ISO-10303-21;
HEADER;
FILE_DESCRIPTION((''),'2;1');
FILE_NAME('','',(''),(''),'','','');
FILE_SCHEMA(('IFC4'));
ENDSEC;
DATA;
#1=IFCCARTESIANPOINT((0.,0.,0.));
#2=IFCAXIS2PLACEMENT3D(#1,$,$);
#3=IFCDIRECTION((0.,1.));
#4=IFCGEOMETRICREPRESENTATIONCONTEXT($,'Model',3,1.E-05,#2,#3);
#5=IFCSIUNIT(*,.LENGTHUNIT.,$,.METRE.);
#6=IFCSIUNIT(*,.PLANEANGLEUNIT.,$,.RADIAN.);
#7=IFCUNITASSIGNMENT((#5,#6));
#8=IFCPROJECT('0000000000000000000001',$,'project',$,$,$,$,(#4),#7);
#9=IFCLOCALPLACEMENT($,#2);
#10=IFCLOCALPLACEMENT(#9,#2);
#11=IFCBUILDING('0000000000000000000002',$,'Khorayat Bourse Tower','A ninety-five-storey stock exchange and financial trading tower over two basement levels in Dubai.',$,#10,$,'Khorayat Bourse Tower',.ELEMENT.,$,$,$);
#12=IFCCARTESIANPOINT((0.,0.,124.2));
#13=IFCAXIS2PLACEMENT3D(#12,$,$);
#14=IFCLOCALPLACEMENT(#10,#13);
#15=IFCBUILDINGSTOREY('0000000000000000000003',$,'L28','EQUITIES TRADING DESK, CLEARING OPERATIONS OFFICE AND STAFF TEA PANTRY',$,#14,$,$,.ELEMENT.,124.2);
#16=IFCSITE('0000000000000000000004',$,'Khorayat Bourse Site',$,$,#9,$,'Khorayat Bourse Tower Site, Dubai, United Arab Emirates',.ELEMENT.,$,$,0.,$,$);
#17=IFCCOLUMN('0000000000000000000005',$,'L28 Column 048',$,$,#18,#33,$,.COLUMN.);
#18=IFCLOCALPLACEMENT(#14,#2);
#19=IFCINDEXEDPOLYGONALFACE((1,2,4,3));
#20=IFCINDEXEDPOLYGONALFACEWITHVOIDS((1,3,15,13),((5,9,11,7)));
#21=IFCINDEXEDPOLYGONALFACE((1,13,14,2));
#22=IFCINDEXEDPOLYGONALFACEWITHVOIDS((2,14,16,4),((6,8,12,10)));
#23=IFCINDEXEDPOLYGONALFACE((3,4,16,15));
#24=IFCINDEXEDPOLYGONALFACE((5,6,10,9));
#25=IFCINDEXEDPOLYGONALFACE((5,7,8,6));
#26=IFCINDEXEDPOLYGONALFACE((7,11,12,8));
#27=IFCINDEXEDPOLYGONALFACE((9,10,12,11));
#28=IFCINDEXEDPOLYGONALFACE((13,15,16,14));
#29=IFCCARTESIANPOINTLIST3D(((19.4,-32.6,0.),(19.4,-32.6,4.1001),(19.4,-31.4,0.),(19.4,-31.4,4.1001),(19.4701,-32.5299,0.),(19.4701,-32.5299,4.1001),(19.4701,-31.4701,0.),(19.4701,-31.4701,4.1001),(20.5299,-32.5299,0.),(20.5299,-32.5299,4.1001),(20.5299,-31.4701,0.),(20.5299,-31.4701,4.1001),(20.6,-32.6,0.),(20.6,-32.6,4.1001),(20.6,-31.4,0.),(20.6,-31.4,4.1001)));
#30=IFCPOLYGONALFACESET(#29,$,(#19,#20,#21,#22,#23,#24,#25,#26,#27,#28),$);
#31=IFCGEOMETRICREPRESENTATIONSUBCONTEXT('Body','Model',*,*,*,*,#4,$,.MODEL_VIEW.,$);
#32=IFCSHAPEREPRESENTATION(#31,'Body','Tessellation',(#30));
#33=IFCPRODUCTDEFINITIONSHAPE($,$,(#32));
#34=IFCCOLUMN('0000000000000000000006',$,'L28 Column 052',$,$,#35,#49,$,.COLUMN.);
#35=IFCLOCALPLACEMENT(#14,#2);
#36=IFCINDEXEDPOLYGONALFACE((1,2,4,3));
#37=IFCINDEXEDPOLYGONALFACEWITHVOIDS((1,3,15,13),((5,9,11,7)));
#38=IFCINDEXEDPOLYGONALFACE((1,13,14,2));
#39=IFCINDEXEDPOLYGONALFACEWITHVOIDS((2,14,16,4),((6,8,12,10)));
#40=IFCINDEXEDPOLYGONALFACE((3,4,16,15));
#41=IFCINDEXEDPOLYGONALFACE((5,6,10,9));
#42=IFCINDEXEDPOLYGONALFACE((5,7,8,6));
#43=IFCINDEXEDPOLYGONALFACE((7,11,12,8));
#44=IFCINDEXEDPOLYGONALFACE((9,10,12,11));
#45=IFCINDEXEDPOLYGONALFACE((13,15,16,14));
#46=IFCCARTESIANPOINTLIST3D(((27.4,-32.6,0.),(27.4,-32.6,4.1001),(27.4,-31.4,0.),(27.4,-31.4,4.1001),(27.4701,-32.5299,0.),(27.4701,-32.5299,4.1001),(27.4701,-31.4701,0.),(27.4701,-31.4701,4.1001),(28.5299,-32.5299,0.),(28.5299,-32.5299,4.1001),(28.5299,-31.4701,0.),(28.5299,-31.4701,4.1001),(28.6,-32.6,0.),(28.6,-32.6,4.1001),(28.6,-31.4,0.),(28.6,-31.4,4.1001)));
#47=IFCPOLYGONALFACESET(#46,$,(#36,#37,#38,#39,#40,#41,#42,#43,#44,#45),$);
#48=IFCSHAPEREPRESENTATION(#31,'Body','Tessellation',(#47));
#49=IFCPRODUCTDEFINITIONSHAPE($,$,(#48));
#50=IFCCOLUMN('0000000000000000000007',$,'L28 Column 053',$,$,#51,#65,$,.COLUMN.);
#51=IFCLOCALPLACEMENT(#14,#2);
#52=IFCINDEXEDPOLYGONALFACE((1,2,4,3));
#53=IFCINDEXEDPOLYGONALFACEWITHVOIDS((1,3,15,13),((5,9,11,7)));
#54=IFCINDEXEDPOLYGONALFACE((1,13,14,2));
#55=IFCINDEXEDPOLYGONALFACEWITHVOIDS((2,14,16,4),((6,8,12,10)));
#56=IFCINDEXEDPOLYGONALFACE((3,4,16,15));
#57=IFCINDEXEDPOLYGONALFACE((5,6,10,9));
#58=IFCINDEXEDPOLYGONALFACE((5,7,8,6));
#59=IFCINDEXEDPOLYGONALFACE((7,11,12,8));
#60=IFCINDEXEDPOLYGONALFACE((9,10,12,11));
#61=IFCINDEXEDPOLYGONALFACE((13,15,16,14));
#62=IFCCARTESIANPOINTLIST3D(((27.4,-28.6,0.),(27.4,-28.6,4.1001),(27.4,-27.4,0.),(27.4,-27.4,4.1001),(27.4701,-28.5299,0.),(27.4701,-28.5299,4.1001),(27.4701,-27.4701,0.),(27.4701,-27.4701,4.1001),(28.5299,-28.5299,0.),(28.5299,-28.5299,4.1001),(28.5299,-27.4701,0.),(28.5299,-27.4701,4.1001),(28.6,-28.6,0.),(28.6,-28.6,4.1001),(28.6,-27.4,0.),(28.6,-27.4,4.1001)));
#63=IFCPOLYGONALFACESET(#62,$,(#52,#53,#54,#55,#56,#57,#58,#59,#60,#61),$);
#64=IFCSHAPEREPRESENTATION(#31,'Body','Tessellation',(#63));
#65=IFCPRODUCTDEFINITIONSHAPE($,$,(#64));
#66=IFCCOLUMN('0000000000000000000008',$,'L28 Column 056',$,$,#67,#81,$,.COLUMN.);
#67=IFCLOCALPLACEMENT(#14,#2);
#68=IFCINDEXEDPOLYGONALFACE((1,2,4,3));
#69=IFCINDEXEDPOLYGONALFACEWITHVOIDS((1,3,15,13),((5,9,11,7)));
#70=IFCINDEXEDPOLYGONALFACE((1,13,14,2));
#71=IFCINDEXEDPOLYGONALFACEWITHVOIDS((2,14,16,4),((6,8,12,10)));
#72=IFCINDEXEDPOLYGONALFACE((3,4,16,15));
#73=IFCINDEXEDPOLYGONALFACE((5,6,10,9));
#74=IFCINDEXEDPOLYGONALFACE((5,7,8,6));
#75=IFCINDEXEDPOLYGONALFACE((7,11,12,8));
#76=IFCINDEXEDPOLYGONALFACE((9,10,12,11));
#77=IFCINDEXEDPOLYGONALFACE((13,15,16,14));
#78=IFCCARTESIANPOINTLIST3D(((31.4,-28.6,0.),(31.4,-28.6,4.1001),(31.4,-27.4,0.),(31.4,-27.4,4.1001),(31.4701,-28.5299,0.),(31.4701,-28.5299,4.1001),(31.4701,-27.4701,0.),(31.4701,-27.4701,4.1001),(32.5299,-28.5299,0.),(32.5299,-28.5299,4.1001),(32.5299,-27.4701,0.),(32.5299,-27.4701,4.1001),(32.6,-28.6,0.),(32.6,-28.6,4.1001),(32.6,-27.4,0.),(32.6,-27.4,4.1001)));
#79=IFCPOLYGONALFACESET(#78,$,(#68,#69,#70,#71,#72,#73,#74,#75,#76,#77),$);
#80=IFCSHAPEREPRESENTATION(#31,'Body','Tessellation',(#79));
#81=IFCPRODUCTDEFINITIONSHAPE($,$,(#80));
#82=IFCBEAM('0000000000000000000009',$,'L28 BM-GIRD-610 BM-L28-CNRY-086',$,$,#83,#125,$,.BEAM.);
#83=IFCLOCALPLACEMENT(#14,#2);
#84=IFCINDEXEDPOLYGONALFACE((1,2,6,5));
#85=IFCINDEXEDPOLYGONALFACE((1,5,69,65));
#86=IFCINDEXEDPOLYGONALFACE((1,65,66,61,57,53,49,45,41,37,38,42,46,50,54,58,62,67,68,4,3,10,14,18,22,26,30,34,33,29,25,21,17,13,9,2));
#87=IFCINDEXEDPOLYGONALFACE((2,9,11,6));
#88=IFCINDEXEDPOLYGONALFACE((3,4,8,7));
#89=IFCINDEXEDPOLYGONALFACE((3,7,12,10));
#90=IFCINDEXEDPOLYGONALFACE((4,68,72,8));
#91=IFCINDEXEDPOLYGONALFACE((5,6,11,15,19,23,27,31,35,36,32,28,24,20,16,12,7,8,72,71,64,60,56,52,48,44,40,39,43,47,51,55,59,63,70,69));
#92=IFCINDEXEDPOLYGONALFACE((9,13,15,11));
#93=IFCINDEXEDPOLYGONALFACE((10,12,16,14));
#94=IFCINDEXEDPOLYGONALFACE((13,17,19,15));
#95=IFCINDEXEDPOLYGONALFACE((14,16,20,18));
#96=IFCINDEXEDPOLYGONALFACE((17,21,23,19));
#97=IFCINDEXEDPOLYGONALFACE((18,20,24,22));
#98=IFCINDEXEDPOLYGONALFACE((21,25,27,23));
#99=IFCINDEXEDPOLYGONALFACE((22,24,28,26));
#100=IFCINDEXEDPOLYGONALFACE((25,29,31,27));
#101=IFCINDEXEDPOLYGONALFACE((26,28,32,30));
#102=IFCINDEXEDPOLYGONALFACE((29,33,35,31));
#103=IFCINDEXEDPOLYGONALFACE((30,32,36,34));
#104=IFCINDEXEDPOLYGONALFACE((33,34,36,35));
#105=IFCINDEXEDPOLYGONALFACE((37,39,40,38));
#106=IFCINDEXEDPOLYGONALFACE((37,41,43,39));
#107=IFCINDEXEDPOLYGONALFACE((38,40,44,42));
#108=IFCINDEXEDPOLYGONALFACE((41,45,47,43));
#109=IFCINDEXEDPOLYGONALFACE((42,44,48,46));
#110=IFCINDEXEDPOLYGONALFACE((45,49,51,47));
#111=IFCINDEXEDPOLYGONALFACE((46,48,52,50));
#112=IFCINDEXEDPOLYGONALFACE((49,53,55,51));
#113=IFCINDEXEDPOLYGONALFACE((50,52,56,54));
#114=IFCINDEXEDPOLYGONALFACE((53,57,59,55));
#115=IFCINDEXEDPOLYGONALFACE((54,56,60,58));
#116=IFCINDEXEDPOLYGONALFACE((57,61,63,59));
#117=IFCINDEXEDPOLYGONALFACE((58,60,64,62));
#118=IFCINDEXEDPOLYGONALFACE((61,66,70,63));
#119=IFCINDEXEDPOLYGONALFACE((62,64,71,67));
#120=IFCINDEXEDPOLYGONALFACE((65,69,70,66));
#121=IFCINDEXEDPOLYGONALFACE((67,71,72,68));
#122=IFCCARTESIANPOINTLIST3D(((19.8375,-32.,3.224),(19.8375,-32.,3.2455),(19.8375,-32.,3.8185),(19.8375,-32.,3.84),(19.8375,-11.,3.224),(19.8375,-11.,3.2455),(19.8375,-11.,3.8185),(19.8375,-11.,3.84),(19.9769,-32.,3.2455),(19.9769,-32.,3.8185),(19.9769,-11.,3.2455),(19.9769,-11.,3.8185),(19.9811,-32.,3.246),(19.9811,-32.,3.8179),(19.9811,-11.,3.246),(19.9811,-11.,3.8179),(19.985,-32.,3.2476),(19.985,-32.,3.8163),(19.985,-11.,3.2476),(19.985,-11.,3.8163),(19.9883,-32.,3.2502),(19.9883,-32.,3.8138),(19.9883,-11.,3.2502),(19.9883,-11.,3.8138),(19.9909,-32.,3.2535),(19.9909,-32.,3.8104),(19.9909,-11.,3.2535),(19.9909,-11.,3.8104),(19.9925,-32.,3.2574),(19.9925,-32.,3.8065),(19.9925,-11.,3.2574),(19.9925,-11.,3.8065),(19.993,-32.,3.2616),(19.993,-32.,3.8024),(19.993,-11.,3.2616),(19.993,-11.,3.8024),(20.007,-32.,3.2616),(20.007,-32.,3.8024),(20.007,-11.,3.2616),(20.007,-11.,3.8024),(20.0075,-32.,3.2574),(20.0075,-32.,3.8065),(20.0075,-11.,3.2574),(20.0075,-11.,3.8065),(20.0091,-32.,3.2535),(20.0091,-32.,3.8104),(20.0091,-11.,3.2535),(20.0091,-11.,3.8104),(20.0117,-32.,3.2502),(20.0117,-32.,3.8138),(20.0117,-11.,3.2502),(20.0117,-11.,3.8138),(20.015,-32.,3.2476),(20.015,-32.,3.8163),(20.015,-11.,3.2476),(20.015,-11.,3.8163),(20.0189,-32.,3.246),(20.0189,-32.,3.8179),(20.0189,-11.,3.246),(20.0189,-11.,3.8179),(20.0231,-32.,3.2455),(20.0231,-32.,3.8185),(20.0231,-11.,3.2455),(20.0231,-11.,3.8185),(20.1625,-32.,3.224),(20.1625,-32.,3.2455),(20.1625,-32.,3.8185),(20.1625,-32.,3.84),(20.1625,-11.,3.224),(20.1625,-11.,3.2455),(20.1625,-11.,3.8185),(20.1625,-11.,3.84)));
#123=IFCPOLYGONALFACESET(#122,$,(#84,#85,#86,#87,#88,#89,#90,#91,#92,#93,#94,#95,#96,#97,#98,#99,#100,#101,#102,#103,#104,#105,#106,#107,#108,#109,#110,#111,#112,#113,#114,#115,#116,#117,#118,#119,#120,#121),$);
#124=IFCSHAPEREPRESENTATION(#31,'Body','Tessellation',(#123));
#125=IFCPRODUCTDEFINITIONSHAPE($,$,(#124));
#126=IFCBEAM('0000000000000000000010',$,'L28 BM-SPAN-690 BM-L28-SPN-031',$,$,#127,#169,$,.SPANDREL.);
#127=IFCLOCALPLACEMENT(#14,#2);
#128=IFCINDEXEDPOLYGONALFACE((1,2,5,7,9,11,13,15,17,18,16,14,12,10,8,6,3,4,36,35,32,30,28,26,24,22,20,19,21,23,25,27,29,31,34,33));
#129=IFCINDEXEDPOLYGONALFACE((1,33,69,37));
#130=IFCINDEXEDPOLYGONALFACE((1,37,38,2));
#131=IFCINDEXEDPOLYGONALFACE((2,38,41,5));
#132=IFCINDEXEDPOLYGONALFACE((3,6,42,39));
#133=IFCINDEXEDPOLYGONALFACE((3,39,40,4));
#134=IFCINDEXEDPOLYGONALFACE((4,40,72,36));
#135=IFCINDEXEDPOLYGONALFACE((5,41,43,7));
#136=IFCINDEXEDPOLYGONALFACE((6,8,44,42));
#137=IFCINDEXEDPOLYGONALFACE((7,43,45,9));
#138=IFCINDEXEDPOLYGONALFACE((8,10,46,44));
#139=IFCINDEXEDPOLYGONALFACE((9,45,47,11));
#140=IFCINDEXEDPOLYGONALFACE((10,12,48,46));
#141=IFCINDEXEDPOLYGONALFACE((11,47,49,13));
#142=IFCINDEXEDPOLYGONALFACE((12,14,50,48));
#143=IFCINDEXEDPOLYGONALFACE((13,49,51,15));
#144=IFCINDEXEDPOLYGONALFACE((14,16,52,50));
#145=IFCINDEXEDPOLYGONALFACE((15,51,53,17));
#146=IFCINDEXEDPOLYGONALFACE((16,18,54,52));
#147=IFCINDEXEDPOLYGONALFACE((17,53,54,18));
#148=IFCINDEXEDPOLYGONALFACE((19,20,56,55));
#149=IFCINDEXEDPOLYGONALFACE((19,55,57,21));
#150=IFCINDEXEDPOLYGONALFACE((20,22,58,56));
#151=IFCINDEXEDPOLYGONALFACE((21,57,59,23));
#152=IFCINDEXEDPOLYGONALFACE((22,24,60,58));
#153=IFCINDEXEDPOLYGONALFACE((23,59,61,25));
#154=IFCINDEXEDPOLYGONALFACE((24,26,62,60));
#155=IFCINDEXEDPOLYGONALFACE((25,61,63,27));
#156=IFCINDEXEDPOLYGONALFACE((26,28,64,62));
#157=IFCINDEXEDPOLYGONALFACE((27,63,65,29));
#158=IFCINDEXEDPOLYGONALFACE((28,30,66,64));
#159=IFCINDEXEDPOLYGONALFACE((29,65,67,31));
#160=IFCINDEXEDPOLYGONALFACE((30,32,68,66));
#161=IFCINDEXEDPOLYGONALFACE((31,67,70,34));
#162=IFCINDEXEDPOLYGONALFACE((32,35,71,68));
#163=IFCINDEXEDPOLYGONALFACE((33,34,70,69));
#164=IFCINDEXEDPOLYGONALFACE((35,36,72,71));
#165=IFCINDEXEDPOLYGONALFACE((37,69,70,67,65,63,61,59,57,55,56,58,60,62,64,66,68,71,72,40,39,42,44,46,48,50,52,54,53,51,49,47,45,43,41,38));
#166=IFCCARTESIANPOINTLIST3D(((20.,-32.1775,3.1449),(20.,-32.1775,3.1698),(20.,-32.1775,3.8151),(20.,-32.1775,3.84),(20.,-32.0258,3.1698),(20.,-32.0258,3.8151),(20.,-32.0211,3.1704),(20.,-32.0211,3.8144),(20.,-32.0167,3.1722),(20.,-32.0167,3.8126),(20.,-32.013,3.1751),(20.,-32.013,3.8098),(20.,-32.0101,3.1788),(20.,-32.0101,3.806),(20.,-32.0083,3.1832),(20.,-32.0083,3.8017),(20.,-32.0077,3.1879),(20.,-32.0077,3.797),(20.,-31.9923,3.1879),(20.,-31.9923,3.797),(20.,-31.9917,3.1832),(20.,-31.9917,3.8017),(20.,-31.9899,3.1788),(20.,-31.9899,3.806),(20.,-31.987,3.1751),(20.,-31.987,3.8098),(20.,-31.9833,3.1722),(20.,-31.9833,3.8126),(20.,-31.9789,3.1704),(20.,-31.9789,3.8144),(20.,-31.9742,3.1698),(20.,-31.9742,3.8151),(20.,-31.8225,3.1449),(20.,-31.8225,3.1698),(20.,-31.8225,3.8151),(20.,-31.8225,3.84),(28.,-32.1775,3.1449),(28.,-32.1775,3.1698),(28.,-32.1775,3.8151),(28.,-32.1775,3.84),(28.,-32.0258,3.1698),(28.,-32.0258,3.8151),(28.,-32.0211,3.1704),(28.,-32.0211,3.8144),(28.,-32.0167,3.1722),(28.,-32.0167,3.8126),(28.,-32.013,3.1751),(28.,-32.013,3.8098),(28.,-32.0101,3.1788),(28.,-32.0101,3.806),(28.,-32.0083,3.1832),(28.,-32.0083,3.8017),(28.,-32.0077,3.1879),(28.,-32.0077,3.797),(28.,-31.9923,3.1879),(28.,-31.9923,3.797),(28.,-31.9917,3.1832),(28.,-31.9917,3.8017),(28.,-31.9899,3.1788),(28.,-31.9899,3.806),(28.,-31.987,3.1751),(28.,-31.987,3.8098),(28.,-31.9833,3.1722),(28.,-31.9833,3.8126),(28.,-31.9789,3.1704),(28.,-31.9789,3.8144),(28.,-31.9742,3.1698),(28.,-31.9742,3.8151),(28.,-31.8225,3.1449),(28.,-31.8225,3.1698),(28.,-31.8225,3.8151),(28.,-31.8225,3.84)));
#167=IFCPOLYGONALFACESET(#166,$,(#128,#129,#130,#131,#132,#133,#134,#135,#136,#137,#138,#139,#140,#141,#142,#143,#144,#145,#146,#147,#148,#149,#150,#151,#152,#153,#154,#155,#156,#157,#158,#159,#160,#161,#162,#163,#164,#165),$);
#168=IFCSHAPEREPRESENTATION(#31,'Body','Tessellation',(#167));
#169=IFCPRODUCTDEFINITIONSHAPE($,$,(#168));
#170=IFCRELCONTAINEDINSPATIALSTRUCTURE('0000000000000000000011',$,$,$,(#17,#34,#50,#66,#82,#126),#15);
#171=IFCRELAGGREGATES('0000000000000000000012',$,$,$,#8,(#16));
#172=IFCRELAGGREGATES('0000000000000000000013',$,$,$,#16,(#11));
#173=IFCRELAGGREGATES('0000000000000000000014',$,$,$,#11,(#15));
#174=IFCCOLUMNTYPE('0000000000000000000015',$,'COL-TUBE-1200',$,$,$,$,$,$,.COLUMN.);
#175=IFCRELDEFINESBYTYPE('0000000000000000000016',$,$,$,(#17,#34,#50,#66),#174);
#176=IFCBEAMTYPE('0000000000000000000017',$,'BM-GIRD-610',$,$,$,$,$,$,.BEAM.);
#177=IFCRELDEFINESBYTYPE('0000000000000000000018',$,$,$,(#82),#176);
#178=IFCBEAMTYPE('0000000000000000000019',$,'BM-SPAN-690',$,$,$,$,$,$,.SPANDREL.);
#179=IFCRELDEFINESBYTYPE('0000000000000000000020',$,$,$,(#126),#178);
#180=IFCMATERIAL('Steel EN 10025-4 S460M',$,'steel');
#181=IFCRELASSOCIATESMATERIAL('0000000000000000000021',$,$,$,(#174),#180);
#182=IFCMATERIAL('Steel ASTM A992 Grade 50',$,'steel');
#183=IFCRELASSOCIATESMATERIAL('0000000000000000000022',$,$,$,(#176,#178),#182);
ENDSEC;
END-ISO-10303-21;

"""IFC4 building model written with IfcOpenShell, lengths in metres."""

from ifc_helpers import new_model, si_unit, direction, frame, origin, origin_2d, place, context, subcontext, project, spatial, hollow_rectangle, i_section, extrude, source, transform, mapped, material, material_profile, profile_set, type_object, element, save


model = new_model("IFC4")

# Units and contexts
model_context = context("Model", 3, precision=1e-05, world=origin(), true_north=direction((0.0, 1.0)))
body_context = subcontext(model_context, "Body", "Model", "MODEL_VIEW")
ifc_project = project(units=[si_unit("LENGTHUNIT", "METRE"), si_unit("PLANEANGLEUNIT", "RADIAN")], contexts=[model_context])

# Site, building, storey
site_placement = place(None, origin())
site = spatial("IfcSite", under=ifc_project, at=site_placement, Name="Khorayat Bourse Site", LongName="Khorayat Bourse Tower Site, Dubai, United Arab Emirates", CompositionType="ELEMENT", RefElevation=0.0)
building_placement = place(site_placement, origin())
building = spatial("IfcBuilding", under=site, at=building_placement, Name="Khorayat Bourse Tower", Description="A ninety-five-storey stock exchange and financial trading tower over two basement levels in Dubai.", LongName="Khorayat Bourse Tower", CompositionType="ELEMENT")
storey_placement = place(building_placement, frame((0.0, 0.0, 124.2)))
storey = spatial("IfcBuildingStorey", under=building, at=storey_placement, Name="L28", Description="EQUITIES TRADING DESK, CLEARING OPERATIONS OFFICE AND STAFF TEA PANTRY", CompositionType="ELEMENT", Elevation=124.2)

# Columns
ifc_material_1 = material(Name="Steel EN 10025-4 S460M", Category="steel")
ifc_material_profile_1 = material_profile(ifc_material_1, hollow_rectangle(XDim=1.2, YDim=1.2, WallThickness=0.0701, at=origin_2d()), Name="BOX 1200x1200x70")
ifc_profile_set_1 = profile_set([ifc_material_profile_1], Name="Steel EN 10025-4 S460M")
column_type = type_object("IfcColumnType", Name="COL-TUBE-1200", PredefinedType="COLUMN", material=ifc_profile_set_1)
shared_shape_1 = source(origin(), body_context, "Body", "SweptSolid", [
    extrude(hollow_rectangle(XDim=1.2, YDim=1.2, WallThickness=0.0701, at=origin_2d()), origin(), (0.0, 0.0, 1.0), 4.1001),
])
for number, where, z_axis, x_axis, name in (
    (1, (20.0, -32.0, 0.0), (0.0, 0.0, 1.0), (1.0, 0.0, 0.0), "L28 Column 048"),
    (2, (28.0, -32.0, 0.0), (0.0, 0.0, 1.0), (1.0, 0.0, 0.0), "L28 Column 052"),
    (3, (28.0, -28.0, 0.0), (0.0, 0.0, 1.0), (1.0, 0.0, 0.0), "L28 Column 053"),
    (4, (32.0, -28.0, 0.0), (0.0, 0.0, 1.0), (1.0, 0.0, 0.0), "L28 Column 056"),
):
    element("IfcColumn", number, at=place(storey_placement, frame(where, z_axis=z_axis, x_axis=x_axis)), inside=storey, type_object=column_type, Name=name, PredefinedType="COLUMN", context=body_context, shape_type="MappedRepresentation", body=[
        mapped(shared_shape_1, transform((0.0, 0.0, 0.0), scale=1.0)),
    ])

# Beams
ifc_material_2 = material(Name="Steel ASTM A992 Grade 50", Category="steel")
ifc_material_profile_2 = material_profile(ifc_material_2, i_section(OverallWidth=0.325, OverallDepth=0.616, WebThickness=0.0139, FlangeThickness=0.0215, FilletRadius=0.0161, at=origin_2d()), Name="W610X174")
ifc_profile_set_2 = profile_set([ifc_material_profile_2], Name="Steel ASTM A992 Grade 50")
beam_type_1 = type_object("IfcBeamType", Name="BM-GIRD-610", PredefinedType="BEAM", material=ifc_profile_set_2)
shared_shape_2 = source(origin(), body_context, "Body", "SweptSolid", [
    extrude(i_section(OverallWidth=0.325, OverallDepth=0.616, WebThickness=0.0139, FlangeThickness=0.0215, FilletRadius=0.0161, at=origin_2d()), origin(), (0.0, 0.0, 1.0), 21.0),
])
beam_1_placement = place(storey_placement, frame((20.0, -32.0, 3.532), z_axis=(0.0, 1.0, 0.0), x_axis=(-1.0, 0.0, 0.0)))
element("IfcBeam", 5, at=beam_1_placement, inside=storey, type_object=beam_type_1, Name="L28 BM-GIRD-610 BM-L28-CNRY-086", PredefinedType="BEAM", context=body_context, shape_type="MappedRepresentation", body=[
    mapped(shared_shape_2, transform((0.0, 0.0, 0.0), scale=1.0)),
])
ifc_material_profile_3 = material_profile(ifc_material_2, i_section(OverallWidth=0.355, OverallDepth=0.6951, WebThickness=0.0154, FlangeThickness=0.0249, FilletRadius=0.0181, at=origin_2d()), Name="W690X217")
ifc_profile_set_3 = profile_set([ifc_material_profile_3], Name="Steel ASTM A992 Grade 50")
beam_type_2 = type_object("IfcBeamType", Name="BM-SPAN-690", PredefinedType="SPANDREL", material=ifc_profile_set_3)
shared_shape_3 = source(origin(), body_context, "Body", "SweptSolid", [
    extrude(i_section(OverallWidth=0.355, OverallDepth=0.6951, WebThickness=0.0154, FlangeThickness=0.0249, FilletRadius=0.0181, at=origin_2d()), origin(), (0.0, 0.0, 1.0), 8.0),
])
for number, where, z_axis, x_axis, name in (
    (6, (20.0, -32.0, 3.4924), (1.0, 0.0, 0.0), (0.0, 1.0, 0.0), "L28 BM-SPAN-690 BM-L28-SPN-031"),
):
    element("IfcBeam", number, at=place(storey_placement, frame(where, z_axis=z_axis, x_axis=x_axis)), inside=storey, type_object=beam_type_2, Name=name, PredefinedType="SPANDREL", context=body_context, shape_type="MappedRepresentation", body=[
        mapped(shared_shape_3, transform((0.0, 0.0, 0.0), scale=1.0)),
    ])

save(model, "model.ifc")
